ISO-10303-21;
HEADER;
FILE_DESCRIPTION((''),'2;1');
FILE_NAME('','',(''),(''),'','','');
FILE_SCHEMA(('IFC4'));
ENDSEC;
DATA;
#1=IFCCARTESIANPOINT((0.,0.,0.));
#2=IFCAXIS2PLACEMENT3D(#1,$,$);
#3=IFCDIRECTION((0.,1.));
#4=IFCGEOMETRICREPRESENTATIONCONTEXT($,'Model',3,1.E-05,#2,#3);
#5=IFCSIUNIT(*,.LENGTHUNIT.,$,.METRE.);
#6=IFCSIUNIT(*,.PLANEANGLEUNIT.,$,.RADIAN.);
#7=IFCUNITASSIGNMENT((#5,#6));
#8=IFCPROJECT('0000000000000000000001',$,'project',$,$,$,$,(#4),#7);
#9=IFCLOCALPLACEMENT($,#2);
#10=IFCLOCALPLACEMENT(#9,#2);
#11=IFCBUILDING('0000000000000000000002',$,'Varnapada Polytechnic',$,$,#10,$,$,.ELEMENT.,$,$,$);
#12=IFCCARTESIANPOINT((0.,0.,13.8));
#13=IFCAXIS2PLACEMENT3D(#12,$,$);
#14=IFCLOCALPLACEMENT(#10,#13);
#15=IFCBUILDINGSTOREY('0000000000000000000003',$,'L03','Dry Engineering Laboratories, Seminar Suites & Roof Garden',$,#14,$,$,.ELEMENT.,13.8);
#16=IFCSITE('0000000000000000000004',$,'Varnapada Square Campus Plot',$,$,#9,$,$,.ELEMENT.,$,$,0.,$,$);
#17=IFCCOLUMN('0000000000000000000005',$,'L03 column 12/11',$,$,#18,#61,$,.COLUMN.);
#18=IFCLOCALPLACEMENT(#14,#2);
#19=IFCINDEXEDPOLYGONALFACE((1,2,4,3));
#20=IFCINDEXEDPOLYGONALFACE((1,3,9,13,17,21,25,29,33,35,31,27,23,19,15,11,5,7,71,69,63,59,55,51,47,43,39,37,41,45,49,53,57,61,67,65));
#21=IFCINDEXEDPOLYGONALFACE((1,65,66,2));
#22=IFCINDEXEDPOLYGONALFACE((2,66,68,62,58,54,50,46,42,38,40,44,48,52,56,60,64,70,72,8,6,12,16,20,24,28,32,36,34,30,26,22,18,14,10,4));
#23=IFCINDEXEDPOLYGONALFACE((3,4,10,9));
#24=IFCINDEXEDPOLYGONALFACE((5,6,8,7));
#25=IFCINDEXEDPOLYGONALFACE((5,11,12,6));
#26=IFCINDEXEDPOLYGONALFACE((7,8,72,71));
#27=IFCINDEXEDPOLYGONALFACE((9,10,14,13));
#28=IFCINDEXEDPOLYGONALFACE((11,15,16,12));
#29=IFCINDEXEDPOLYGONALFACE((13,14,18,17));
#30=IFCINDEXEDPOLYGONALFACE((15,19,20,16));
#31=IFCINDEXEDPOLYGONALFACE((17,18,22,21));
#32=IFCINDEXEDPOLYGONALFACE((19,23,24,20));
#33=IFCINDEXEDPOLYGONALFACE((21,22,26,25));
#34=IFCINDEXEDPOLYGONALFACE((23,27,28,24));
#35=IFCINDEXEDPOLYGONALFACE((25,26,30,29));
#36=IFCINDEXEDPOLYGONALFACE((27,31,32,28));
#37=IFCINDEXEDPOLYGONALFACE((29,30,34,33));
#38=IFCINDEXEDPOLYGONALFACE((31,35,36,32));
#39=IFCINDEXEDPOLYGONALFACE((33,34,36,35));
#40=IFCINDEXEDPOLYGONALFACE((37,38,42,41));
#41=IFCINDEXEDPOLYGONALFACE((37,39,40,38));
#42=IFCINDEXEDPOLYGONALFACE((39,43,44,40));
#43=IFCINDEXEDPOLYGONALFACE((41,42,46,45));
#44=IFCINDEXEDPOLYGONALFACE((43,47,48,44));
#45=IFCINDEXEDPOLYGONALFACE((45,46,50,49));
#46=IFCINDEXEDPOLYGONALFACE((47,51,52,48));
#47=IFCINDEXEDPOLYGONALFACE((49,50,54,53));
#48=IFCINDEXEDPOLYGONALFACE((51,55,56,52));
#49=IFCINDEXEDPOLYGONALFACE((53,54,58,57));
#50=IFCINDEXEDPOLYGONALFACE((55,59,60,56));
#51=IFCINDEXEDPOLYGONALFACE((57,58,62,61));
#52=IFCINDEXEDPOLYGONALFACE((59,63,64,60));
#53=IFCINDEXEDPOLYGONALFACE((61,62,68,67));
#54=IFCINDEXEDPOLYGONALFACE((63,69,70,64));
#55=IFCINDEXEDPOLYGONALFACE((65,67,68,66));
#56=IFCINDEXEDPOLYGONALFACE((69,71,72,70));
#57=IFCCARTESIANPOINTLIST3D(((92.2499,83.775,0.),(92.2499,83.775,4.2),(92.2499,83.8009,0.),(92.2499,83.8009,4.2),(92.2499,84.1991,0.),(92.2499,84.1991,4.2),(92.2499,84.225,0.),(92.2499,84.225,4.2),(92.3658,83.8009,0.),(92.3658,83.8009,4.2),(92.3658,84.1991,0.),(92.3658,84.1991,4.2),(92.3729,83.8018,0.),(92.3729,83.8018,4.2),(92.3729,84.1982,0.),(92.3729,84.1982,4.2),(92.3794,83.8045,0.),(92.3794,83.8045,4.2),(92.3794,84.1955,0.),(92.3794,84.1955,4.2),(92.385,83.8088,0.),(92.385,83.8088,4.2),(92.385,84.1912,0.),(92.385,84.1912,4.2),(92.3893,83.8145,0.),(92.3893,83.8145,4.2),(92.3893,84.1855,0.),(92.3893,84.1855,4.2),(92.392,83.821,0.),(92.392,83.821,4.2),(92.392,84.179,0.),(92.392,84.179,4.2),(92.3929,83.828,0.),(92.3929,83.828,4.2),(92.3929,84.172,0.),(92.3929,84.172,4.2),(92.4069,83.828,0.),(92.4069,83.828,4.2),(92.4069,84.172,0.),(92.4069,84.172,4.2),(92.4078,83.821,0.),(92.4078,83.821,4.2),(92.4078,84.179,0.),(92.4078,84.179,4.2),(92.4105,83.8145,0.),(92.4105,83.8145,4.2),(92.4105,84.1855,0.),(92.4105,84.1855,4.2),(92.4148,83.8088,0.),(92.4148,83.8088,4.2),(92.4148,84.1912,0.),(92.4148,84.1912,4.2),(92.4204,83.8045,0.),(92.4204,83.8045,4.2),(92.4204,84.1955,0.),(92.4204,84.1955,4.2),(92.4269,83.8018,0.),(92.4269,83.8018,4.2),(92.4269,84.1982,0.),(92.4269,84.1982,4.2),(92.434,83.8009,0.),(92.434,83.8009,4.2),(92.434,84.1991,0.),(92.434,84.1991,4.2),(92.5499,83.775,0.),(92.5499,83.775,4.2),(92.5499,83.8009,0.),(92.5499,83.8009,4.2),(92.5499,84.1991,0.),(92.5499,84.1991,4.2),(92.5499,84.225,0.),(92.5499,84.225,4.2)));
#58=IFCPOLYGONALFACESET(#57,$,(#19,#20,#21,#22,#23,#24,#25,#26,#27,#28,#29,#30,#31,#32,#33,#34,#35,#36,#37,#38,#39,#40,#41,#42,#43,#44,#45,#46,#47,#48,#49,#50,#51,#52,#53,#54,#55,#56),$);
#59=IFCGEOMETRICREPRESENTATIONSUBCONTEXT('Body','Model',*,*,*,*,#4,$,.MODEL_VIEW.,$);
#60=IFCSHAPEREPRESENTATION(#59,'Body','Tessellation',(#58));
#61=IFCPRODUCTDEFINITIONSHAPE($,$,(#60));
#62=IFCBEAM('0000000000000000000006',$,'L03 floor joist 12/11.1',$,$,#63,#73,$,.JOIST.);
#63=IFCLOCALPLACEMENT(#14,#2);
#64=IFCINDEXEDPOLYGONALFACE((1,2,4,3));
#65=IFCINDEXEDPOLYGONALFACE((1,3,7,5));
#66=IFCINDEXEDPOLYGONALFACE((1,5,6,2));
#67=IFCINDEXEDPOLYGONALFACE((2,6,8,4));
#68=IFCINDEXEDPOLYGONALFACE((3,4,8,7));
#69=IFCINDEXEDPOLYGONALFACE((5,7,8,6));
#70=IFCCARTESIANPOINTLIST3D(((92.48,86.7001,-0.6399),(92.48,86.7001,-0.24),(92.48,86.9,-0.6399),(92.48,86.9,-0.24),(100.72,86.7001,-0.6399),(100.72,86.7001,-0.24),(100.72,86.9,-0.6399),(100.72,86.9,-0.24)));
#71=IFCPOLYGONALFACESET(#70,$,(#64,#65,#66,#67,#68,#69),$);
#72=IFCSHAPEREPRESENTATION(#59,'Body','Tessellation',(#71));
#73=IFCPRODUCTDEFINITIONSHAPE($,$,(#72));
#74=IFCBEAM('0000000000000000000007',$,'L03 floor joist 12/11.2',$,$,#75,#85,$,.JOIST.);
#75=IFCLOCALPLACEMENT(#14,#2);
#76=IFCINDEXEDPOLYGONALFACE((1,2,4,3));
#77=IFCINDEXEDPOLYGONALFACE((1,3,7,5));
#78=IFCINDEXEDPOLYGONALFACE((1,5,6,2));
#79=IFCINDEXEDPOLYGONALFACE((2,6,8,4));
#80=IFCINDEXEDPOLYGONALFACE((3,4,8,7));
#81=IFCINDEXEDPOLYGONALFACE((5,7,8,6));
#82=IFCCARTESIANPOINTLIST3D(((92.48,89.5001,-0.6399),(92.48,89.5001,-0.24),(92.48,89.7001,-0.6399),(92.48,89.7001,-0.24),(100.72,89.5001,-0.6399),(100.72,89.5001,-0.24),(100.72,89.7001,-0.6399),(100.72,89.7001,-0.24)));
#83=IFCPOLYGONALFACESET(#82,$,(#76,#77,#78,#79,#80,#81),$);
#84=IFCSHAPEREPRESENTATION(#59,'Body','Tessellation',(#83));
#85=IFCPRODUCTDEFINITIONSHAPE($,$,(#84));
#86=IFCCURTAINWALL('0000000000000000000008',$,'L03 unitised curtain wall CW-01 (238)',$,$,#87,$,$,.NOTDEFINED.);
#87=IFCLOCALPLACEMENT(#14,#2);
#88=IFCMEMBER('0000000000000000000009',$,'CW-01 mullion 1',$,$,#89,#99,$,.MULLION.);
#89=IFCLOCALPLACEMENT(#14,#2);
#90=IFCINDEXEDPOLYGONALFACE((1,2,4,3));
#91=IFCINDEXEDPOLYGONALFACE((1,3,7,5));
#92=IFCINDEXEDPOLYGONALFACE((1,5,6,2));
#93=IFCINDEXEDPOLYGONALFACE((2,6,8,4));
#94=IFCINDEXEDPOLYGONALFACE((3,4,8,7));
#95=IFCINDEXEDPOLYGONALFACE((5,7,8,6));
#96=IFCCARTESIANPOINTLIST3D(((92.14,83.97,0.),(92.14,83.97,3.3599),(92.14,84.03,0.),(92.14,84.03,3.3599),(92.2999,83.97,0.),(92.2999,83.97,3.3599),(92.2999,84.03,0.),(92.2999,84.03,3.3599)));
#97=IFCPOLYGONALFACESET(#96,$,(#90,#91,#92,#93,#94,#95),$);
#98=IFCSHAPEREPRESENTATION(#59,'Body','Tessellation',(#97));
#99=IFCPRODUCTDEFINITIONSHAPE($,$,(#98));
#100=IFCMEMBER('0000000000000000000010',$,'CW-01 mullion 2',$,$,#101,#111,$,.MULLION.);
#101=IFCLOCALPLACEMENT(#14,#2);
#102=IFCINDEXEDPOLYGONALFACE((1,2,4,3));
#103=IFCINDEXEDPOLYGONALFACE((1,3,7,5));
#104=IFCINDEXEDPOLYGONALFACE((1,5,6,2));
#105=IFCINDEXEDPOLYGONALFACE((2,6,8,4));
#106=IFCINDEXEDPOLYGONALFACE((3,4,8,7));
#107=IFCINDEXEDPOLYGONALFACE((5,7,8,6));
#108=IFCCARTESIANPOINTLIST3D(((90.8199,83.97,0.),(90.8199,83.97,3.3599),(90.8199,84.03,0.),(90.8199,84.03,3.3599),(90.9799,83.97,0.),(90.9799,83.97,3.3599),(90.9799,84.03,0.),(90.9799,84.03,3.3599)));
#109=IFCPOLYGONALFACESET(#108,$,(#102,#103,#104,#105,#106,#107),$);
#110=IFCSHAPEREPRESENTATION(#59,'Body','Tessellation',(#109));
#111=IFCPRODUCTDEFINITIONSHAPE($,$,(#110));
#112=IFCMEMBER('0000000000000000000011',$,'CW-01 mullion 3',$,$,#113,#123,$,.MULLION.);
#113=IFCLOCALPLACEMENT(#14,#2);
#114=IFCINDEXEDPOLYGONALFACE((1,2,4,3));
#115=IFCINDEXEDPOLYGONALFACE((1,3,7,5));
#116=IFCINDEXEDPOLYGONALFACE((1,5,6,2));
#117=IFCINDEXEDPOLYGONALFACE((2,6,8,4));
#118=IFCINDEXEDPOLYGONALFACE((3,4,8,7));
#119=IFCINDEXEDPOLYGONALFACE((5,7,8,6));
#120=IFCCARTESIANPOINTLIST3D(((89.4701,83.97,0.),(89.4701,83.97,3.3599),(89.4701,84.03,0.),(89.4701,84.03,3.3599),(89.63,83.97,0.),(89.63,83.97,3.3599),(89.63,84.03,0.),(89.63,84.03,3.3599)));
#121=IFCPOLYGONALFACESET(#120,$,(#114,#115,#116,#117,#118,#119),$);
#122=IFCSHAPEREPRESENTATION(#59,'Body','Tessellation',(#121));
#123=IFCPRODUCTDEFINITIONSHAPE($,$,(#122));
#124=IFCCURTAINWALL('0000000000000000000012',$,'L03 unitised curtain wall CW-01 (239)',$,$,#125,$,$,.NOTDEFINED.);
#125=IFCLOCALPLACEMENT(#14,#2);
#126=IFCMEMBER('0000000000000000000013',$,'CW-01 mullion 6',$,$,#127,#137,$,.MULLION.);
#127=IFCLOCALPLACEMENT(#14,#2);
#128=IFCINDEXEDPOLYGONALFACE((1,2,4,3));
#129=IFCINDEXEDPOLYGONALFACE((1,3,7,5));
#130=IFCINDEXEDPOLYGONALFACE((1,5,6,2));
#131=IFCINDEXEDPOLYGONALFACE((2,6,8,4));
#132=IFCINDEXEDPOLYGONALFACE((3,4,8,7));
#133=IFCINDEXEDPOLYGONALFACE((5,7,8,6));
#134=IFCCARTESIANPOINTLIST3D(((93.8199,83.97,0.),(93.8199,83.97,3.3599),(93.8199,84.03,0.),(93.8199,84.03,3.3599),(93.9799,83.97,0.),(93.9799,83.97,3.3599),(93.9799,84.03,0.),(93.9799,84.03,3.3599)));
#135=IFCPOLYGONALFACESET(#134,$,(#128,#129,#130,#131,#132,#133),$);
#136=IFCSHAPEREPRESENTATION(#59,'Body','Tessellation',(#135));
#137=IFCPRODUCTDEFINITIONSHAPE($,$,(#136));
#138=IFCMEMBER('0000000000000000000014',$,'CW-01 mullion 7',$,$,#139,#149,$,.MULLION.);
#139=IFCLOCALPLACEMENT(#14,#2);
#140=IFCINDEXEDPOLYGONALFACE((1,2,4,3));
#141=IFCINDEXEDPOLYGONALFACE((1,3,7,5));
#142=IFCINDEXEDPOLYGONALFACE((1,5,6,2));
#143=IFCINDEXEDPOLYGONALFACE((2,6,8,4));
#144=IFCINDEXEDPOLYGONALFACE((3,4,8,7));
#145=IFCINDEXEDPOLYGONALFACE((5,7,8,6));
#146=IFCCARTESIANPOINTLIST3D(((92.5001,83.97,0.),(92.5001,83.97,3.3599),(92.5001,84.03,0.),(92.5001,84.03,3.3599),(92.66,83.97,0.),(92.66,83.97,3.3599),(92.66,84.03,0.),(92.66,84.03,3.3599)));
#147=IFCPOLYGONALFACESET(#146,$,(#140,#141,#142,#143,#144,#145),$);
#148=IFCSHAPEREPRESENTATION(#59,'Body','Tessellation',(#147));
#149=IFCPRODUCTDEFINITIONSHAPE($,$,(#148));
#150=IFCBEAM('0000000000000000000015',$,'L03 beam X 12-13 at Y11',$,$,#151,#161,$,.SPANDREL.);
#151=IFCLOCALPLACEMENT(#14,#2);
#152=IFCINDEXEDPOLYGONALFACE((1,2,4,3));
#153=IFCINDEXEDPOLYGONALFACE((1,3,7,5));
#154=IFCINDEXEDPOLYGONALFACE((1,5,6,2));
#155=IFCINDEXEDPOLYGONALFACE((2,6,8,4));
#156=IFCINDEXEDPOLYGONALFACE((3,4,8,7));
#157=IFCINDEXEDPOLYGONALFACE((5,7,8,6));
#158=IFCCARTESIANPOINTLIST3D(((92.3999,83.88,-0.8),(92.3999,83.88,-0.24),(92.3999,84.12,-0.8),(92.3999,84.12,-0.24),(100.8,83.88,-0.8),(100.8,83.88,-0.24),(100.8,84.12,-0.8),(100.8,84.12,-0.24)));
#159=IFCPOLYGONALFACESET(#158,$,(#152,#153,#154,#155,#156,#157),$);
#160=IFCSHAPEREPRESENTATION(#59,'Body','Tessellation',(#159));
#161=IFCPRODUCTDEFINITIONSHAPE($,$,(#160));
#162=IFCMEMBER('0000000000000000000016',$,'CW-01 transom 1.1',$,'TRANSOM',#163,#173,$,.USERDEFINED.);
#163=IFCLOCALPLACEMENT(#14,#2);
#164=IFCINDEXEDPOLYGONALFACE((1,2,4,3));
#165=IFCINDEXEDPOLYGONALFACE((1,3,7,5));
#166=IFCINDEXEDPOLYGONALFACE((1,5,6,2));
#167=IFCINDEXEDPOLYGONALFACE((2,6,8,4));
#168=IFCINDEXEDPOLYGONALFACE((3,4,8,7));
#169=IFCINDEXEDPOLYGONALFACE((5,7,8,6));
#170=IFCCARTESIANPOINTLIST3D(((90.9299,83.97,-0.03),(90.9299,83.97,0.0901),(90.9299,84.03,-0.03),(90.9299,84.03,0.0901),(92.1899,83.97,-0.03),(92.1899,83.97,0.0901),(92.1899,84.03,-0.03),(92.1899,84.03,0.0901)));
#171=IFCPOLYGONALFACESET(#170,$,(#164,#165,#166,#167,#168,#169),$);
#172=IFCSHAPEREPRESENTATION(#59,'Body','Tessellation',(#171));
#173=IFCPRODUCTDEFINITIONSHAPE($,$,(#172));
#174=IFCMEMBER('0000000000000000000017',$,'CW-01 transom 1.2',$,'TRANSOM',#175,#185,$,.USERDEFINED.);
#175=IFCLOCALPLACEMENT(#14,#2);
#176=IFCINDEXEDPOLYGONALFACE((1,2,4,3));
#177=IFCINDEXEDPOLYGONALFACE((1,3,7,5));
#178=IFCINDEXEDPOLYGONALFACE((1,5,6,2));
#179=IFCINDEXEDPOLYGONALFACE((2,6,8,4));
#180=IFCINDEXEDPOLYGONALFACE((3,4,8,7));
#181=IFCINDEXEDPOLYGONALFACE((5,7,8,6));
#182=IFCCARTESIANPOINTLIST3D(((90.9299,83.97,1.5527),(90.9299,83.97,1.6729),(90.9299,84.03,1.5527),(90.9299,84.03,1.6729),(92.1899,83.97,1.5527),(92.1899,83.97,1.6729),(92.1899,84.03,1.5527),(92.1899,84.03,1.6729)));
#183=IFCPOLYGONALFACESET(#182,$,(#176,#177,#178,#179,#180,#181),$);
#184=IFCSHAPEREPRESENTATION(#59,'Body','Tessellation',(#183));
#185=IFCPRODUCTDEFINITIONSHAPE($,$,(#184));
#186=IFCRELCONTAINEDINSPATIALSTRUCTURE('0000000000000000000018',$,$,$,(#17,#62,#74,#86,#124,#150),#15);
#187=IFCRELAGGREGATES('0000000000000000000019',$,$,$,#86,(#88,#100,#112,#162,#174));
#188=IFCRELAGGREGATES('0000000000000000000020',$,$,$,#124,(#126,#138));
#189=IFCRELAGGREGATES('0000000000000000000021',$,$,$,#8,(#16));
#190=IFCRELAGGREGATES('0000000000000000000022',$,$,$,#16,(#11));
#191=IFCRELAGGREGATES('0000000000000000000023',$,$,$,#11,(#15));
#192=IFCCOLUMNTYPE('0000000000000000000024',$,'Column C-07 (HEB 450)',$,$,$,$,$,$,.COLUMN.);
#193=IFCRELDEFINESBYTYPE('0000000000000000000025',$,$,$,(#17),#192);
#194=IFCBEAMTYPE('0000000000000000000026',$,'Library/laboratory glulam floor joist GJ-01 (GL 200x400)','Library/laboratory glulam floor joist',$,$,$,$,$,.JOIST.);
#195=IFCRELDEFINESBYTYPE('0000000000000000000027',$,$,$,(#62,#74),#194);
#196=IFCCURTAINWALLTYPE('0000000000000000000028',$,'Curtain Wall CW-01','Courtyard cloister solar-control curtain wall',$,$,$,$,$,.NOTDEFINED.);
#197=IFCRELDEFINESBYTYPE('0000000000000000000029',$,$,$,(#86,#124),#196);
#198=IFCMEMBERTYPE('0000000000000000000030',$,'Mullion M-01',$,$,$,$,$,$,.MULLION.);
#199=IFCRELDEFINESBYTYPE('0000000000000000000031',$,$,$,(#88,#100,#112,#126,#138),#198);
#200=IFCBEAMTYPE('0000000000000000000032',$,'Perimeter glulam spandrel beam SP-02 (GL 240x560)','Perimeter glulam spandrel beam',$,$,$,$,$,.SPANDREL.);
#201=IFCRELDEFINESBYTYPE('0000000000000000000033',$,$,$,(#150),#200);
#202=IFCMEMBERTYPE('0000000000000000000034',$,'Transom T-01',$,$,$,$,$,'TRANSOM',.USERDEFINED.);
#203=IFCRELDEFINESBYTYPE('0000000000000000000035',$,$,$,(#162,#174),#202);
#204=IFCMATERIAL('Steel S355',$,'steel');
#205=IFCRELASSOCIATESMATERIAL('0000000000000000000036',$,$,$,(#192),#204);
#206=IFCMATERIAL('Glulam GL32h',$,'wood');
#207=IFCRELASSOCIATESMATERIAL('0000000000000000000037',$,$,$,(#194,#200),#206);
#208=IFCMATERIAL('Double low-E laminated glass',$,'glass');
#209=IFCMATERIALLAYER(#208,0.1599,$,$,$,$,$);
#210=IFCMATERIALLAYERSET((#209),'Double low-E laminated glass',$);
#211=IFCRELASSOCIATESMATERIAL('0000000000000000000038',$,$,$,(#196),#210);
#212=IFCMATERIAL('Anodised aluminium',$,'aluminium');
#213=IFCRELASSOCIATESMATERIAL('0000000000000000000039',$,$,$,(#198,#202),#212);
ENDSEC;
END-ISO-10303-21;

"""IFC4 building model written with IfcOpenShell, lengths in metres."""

from ifc_helpers import new_model, si_unit, direction, frame, origin, origin_2d, place, context, subcontext, project, spatial, rectangle, i_section, extrude, material, layer, layer_set, material_profile, profile_set, type_object, element, aggregate, save


model = new_model("IFC4")

# Units and contexts
model_context = context("Model", 3, precision=1e-05, world=origin(), true_north=direction((0.0, 1.0)))
body_context = subcontext(model_context, "Body", "Model", "MODEL_VIEW")
ifc_project = project(units=[si_unit("LENGTHUNIT", "METRE"), si_unit("PLANEANGLEUNIT", "RADIAN")], contexts=[model_context])

# Site, building, storey
site_placement = place(None, origin())
site = spatial("IfcSite", under=ifc_project, at=site_placement, Name="Varnapada Square Campus Plot", CompositionType="ELEMENT", RefElevation=0.0)
building_placement = place(site_placement, origin())
building = spatial("IfcBuilding", under=site, at=building_placement, Name="Varnapada Polytechnic", CompositionType="ELEMENT")
storey_placement = place(building_placement, frame((0.0, 0.0, 13.8)))
storey = spatial("IfcBuildingStorey", under=building, at=storey_placement, Name="L03", Description="Dry Engineering Laboratories, Seminar Suites & Roof Garden", CompositionType="ELEMENT", Elevation=13.8)

# Column
ifc_material_1 = material(Name="Steel S355", Category="steel")
ifc_material_profile_1 = material_profile(ifc_material_1, i_section(OverallWidth=0.3, OverallDepth=0.45, WebThickness=0.0139, FlangeThickness=0.0259, FilletRadius=0.0271, at=origin_2d()), Name="HEB 450")
ifc_profile_set_1 = profile_set([ifc_material_profile_1], Name="Steel S355")
column_type = type_object("IfcColumnType", Name="Column C-07 (HEB 450)", PredefinedType="COLUMN", material=ifc_profile_set_1)
column_placement = place(storey_placement, frame((92.3999, 84.0, 0.0), z_axis=(0.0, 0.0, 1.0), x_axis=(1.0, 0.0, 0.0)))
element("IfcColumn", 1, at=column_placement, inside=storey, type_object=column_type, Name="L03 column 12/11", PredefinedType="COLUMN", context=body_context, shape_type="SweptSolid", body=[
    extrude(i_section(OverallWidth=0.3, OverallDepth=0.45, WebThickness=0.0139, FlangeThickness=0.0259, FilletRadius=0.0271, at=origin_2d()), origin(), (0.0, 0.0, 1.0), 4.2),
])

# Beams
ifc_material_2 = material(Name="Glulam GL32h", Category="wood")
ifc_material_profile_2 = material_profile(ifc_material_2, rectangle(XDim=0.2, YDim=0.3999, at=origin_2d()), Name="GL 200x400")
ifc_profile_set_2 = profile_set([ifc_material_profile_2], Name="Glulam GL32h")
beam_type_1 = type_object("IfcBeamType", Name="Library/laboratory glulam floor joist GJ-01 (GL 200x400)", Description="Library/laboratory glulam floor joist", PredefinedType="JOIST", material=ifc_profile_set_2)
for number, where, z_axis, x_axis, name in (
    (2, (92.48, 86.8, -0.4399), (1.0, 0.0, 0.0), (0.0, 1.0, 0.0), "L03 floor joist 12/11.1"),
    (3, (92.48, 89.6001, -0.4399), (1.0, 0.0, 0.0), (0.0, 1.0, 0.0), "L03 floor joist 12/11.2"),
):
    element("IfcBeam", number, at=place(storey_placement, frame(where, z_axis=z_axis, x_axis=x_axis)), inside=storey, type_object=beam_type_1, Name=name, PredefinedType="JOIST", context=body_context, shape_type="SweptSolid", body=[
        extrude(rectangle(XDim=0.2, YDim=0.3999, at=origin_2d()), origin(), (0.0, 0.0, 1.0), 8.24),
    ])

# Curtain walls, members
ifc_material_3 = material(Name="Double low-E laminated glass", Category="glass")
ifc_layer_1 = layer(ifc_material_3, 0.1599)
ifc_layer_set_1 = layer_set([ifc_layer_1], Name="Double low-E laminated glass")
curtain_wall_type = type_object("IfcCurtainWallType", Name="Curtain Wall CW-01", Description="Courtyard cloister solar-control curtain wall", PredefinedType="NOTDEFINED", material=ifc_layer_set_1)
curtain_wall_1_placement = place(storey_placement, origin())
curtain_wall_1 = element("IfcCurtainWall", 4, at=curtain_wall_1_placement, inside=storey, type_object=curtain_wall_type, Name="L03 unitised curtain wall CW-01 (238)", PredefinedType="NOTDEFINED")
ifc_material_4 = material(Name="Anodised aluminium", Category="aluminium")
ifc_material_profile_3 = material_profile(ifc_material_4, rectangle(XDim=0.0601, YDim=0.1599, at=origin_2d()), Name="ALU M60x160")
ifc_profile_set_3 = profile_set([ifc_material_profile_3], Name="Anodised aluminium")
member_type_1 = type_object("IfcMemberType", Name="Mullion M-01", PredefinedType="MULLION", material=ifc_profile_set_3)
member_1_placement = place(storey_placement, frame((92.22, 84.0, 0.0), z_axis=(0.0, 0.0, 1.0), x_axis=(0.0, -1.0, 0.0)))
member_1 = element("IfcMember", 5, at=member_1_placement, type_object=member_type_1, Name="CW-01 mullion 1", PredefinedType="MULLION", context=body_context, shape_type="SweptSolid", body=[
    extrude(rectangle(XDim=0.0601, YDim=0.1599, at=origin_2d()), origin(), (0.0, 0.0, 1.0), 3.3599),
])
member_2_placement = place(storey_placement, frame((90.8999, 84.0, 0.0), z_axis=(0.0, 0.0, 1.0), x_axis=(0.0, -1.0, 0.0)))
member_2 = element("IfcMember", 6, at=member_2_placement, type_object=member_type_1, Name="CW-01 mullion 2", PredefinedType="MULLION", context=body_context, shape_type="SweptSolid", body=[
    extrude(rectangle(XDim=0.0601, YDim=0.1599, at=origin_2d()), origin(), (0.0, 0.0, 1.0), 3.3599),
])
member_3_placement = place(storey_placement, frame((89.55, 84.0, 0.0), z_axis=(0.0, 0.0, 1.0), x_axis=(0.0, -1.0, 0.0)))
member_3 = element("IfcMember", 7, at=member_3_placement, type_object=member_type_1, Name="CW-01 mullion 3", PredefinedType="MULLION", context=body_context, shape_type="SweptSolid", body=[
    extrude(rectangle(XDim=0.0601, YDim=0.1599, at=origin_2d()), origin(), (0.0, 0.0, 1.0), 3.3599),
])
curtain_wall_2_placement = place(storey_placement, origin())
curtain_wall_2 = element("IfcCurtainWall", 8, at=curtain_wall_2_placement, inside=storey, type_object=curtain_wall_type, Name="L03 unitised curtain wall CW-01 (239)", PredefinedType="NOTDEFINED")
member_4_placement = place(storey_placement, frame((93.8999, 84.0, 0.0), z_axis=(0.0, 0.0, 1.0), x_axis=(0.0, -1.0, 0.0)))
member_4 = element("IfcMember", 9, at=member_4_placement, type_object=member_type_1, Name="CW-01 mullion 6", PredefinedType="MULLION", context=body_context, shape_type="SweptSolid", body=[
    extrude(rectangle(XDim=0.0601, YDim=0.1599, at=origin_2d()), origin(), (0.0, 0.0, 1.0), 3.3599),
])
member_5_placement = place(storey_placement, frame((92.5801, 84.0, 0.0), z_axis=(0.0, 0.0, 1.0), x_axis=(0.0, -1.0, 0.0)))
member_5 = element("IfcMember", 10, at=member_5_placement, type_object=member_type_1, Name="CW-01 mullion 7", PredefinedType="MULLION", context=body_context, shape_type="SweptSolid", body=[
    extrude(rectangle(XDim=0.0601, YDim=0.1599, at=origin_2d()), origin(), (0.0, 0.0, 1.0), 3.3599),
])

# Beam
ifc_material_profile_4 = material_profile(ifc_material_2, rectangle(XDim=0.24, YDim=0.5601, at=origin_2d()), Name="GL 240x560")
ifc_profile_set_4 = profile_set([ifc_material_profile_4], Name="Glulam GL32h")
beam_type_2 = type_object("IfcBeamType", Name="Perimeter glulam spandrel beam SP-02 (GL 240x560)", Description="Perimeter glulam spandrel beam", PredefinedType="SPANDREL", material=ifc_profile_set_4)
beam_1_placement = place(storey_placement, frame((92.3999, 84.0, -0.52), z_axis=(1.0, 0.0, 0.0), x_axis=(0.0, 1.0, 0.0)))
element("IfcBeam", 11, at=beam_1_placement, inside=storey, type_object=beam_type_2, Name="L03 beam X 12-13 at Y11", PredefinedType="SPANDREL", context=body_context, shape_type="SweptSolid", body=[
    extrude(rectangle(XDim=0.24, YDim=0.5601, at=origin_2d()), origin(), (0.0, 0.0, 1.0), 8.4001),
])

# Members
ifc_material_profile_5 = material_profile(ifc_material_4, rectangle(XDim=0.0601, YDim=0.1201, at=origin_2d()), Name="ALU T60x120")
ifc_profile_set_5 = profile_set([ifc_material_profile_5], Name="Anodised aluminium")
member_type_2 = type_object("IfcMemberType", Name="Transom T-01", ElementType="TRANSOM", PredefinedType="USERDEFINED", material=ifc_profile_set_5)
member_6_placement = place(storey_placement, frame((92.1899, 84.0, 0.03), z_axis=(-1.0, 0.0, 0.0), x_axis=(0.0, -1.0, 0.0)))
member_6 = element("IfcMember", 12, at=member_6_placement, type_object=member_type_2, Name="CW-01 transom 1.1", ObjectType="TRANSOM", PredefinedType="USERDEFINED", context=body_context, shape_type="SweptSolid", body=[
    extrude(rectangle(XDim=0.0601, YDim=0.1201, at=origin_2d()), origin(), (0.0, 0.0, 1.0), 1.26),
])
member_7_placement = place(storey_placement, frame((92.1899, 84.0, 1.6128), z_axis=(-1.0, 0.0, 0.0), x_axis=(0.0, -1.0, 0.0)))
member_7 = element("IfcMember", 13, at=member_7_placement, type_object=member_type_2, Name="CW-01 transom 1.2", ObjectType="TRANSOM", PredefinedType="USERDEFINED", context=body_context, shape_type="SweptSolid", body=[
    extrude(rectangle(XDim=0.0601, YDim=0.1201, at=origin_2d()), origin(), (0.0, 0.0, 1.0), 1.26),
])

aggregate(curtain_wall_1, [member_1, member_2, member_3, member_6, member_7])
aggregate(curtain_wall_2, [member_4, member_5])

save(model, "model.ifc")
